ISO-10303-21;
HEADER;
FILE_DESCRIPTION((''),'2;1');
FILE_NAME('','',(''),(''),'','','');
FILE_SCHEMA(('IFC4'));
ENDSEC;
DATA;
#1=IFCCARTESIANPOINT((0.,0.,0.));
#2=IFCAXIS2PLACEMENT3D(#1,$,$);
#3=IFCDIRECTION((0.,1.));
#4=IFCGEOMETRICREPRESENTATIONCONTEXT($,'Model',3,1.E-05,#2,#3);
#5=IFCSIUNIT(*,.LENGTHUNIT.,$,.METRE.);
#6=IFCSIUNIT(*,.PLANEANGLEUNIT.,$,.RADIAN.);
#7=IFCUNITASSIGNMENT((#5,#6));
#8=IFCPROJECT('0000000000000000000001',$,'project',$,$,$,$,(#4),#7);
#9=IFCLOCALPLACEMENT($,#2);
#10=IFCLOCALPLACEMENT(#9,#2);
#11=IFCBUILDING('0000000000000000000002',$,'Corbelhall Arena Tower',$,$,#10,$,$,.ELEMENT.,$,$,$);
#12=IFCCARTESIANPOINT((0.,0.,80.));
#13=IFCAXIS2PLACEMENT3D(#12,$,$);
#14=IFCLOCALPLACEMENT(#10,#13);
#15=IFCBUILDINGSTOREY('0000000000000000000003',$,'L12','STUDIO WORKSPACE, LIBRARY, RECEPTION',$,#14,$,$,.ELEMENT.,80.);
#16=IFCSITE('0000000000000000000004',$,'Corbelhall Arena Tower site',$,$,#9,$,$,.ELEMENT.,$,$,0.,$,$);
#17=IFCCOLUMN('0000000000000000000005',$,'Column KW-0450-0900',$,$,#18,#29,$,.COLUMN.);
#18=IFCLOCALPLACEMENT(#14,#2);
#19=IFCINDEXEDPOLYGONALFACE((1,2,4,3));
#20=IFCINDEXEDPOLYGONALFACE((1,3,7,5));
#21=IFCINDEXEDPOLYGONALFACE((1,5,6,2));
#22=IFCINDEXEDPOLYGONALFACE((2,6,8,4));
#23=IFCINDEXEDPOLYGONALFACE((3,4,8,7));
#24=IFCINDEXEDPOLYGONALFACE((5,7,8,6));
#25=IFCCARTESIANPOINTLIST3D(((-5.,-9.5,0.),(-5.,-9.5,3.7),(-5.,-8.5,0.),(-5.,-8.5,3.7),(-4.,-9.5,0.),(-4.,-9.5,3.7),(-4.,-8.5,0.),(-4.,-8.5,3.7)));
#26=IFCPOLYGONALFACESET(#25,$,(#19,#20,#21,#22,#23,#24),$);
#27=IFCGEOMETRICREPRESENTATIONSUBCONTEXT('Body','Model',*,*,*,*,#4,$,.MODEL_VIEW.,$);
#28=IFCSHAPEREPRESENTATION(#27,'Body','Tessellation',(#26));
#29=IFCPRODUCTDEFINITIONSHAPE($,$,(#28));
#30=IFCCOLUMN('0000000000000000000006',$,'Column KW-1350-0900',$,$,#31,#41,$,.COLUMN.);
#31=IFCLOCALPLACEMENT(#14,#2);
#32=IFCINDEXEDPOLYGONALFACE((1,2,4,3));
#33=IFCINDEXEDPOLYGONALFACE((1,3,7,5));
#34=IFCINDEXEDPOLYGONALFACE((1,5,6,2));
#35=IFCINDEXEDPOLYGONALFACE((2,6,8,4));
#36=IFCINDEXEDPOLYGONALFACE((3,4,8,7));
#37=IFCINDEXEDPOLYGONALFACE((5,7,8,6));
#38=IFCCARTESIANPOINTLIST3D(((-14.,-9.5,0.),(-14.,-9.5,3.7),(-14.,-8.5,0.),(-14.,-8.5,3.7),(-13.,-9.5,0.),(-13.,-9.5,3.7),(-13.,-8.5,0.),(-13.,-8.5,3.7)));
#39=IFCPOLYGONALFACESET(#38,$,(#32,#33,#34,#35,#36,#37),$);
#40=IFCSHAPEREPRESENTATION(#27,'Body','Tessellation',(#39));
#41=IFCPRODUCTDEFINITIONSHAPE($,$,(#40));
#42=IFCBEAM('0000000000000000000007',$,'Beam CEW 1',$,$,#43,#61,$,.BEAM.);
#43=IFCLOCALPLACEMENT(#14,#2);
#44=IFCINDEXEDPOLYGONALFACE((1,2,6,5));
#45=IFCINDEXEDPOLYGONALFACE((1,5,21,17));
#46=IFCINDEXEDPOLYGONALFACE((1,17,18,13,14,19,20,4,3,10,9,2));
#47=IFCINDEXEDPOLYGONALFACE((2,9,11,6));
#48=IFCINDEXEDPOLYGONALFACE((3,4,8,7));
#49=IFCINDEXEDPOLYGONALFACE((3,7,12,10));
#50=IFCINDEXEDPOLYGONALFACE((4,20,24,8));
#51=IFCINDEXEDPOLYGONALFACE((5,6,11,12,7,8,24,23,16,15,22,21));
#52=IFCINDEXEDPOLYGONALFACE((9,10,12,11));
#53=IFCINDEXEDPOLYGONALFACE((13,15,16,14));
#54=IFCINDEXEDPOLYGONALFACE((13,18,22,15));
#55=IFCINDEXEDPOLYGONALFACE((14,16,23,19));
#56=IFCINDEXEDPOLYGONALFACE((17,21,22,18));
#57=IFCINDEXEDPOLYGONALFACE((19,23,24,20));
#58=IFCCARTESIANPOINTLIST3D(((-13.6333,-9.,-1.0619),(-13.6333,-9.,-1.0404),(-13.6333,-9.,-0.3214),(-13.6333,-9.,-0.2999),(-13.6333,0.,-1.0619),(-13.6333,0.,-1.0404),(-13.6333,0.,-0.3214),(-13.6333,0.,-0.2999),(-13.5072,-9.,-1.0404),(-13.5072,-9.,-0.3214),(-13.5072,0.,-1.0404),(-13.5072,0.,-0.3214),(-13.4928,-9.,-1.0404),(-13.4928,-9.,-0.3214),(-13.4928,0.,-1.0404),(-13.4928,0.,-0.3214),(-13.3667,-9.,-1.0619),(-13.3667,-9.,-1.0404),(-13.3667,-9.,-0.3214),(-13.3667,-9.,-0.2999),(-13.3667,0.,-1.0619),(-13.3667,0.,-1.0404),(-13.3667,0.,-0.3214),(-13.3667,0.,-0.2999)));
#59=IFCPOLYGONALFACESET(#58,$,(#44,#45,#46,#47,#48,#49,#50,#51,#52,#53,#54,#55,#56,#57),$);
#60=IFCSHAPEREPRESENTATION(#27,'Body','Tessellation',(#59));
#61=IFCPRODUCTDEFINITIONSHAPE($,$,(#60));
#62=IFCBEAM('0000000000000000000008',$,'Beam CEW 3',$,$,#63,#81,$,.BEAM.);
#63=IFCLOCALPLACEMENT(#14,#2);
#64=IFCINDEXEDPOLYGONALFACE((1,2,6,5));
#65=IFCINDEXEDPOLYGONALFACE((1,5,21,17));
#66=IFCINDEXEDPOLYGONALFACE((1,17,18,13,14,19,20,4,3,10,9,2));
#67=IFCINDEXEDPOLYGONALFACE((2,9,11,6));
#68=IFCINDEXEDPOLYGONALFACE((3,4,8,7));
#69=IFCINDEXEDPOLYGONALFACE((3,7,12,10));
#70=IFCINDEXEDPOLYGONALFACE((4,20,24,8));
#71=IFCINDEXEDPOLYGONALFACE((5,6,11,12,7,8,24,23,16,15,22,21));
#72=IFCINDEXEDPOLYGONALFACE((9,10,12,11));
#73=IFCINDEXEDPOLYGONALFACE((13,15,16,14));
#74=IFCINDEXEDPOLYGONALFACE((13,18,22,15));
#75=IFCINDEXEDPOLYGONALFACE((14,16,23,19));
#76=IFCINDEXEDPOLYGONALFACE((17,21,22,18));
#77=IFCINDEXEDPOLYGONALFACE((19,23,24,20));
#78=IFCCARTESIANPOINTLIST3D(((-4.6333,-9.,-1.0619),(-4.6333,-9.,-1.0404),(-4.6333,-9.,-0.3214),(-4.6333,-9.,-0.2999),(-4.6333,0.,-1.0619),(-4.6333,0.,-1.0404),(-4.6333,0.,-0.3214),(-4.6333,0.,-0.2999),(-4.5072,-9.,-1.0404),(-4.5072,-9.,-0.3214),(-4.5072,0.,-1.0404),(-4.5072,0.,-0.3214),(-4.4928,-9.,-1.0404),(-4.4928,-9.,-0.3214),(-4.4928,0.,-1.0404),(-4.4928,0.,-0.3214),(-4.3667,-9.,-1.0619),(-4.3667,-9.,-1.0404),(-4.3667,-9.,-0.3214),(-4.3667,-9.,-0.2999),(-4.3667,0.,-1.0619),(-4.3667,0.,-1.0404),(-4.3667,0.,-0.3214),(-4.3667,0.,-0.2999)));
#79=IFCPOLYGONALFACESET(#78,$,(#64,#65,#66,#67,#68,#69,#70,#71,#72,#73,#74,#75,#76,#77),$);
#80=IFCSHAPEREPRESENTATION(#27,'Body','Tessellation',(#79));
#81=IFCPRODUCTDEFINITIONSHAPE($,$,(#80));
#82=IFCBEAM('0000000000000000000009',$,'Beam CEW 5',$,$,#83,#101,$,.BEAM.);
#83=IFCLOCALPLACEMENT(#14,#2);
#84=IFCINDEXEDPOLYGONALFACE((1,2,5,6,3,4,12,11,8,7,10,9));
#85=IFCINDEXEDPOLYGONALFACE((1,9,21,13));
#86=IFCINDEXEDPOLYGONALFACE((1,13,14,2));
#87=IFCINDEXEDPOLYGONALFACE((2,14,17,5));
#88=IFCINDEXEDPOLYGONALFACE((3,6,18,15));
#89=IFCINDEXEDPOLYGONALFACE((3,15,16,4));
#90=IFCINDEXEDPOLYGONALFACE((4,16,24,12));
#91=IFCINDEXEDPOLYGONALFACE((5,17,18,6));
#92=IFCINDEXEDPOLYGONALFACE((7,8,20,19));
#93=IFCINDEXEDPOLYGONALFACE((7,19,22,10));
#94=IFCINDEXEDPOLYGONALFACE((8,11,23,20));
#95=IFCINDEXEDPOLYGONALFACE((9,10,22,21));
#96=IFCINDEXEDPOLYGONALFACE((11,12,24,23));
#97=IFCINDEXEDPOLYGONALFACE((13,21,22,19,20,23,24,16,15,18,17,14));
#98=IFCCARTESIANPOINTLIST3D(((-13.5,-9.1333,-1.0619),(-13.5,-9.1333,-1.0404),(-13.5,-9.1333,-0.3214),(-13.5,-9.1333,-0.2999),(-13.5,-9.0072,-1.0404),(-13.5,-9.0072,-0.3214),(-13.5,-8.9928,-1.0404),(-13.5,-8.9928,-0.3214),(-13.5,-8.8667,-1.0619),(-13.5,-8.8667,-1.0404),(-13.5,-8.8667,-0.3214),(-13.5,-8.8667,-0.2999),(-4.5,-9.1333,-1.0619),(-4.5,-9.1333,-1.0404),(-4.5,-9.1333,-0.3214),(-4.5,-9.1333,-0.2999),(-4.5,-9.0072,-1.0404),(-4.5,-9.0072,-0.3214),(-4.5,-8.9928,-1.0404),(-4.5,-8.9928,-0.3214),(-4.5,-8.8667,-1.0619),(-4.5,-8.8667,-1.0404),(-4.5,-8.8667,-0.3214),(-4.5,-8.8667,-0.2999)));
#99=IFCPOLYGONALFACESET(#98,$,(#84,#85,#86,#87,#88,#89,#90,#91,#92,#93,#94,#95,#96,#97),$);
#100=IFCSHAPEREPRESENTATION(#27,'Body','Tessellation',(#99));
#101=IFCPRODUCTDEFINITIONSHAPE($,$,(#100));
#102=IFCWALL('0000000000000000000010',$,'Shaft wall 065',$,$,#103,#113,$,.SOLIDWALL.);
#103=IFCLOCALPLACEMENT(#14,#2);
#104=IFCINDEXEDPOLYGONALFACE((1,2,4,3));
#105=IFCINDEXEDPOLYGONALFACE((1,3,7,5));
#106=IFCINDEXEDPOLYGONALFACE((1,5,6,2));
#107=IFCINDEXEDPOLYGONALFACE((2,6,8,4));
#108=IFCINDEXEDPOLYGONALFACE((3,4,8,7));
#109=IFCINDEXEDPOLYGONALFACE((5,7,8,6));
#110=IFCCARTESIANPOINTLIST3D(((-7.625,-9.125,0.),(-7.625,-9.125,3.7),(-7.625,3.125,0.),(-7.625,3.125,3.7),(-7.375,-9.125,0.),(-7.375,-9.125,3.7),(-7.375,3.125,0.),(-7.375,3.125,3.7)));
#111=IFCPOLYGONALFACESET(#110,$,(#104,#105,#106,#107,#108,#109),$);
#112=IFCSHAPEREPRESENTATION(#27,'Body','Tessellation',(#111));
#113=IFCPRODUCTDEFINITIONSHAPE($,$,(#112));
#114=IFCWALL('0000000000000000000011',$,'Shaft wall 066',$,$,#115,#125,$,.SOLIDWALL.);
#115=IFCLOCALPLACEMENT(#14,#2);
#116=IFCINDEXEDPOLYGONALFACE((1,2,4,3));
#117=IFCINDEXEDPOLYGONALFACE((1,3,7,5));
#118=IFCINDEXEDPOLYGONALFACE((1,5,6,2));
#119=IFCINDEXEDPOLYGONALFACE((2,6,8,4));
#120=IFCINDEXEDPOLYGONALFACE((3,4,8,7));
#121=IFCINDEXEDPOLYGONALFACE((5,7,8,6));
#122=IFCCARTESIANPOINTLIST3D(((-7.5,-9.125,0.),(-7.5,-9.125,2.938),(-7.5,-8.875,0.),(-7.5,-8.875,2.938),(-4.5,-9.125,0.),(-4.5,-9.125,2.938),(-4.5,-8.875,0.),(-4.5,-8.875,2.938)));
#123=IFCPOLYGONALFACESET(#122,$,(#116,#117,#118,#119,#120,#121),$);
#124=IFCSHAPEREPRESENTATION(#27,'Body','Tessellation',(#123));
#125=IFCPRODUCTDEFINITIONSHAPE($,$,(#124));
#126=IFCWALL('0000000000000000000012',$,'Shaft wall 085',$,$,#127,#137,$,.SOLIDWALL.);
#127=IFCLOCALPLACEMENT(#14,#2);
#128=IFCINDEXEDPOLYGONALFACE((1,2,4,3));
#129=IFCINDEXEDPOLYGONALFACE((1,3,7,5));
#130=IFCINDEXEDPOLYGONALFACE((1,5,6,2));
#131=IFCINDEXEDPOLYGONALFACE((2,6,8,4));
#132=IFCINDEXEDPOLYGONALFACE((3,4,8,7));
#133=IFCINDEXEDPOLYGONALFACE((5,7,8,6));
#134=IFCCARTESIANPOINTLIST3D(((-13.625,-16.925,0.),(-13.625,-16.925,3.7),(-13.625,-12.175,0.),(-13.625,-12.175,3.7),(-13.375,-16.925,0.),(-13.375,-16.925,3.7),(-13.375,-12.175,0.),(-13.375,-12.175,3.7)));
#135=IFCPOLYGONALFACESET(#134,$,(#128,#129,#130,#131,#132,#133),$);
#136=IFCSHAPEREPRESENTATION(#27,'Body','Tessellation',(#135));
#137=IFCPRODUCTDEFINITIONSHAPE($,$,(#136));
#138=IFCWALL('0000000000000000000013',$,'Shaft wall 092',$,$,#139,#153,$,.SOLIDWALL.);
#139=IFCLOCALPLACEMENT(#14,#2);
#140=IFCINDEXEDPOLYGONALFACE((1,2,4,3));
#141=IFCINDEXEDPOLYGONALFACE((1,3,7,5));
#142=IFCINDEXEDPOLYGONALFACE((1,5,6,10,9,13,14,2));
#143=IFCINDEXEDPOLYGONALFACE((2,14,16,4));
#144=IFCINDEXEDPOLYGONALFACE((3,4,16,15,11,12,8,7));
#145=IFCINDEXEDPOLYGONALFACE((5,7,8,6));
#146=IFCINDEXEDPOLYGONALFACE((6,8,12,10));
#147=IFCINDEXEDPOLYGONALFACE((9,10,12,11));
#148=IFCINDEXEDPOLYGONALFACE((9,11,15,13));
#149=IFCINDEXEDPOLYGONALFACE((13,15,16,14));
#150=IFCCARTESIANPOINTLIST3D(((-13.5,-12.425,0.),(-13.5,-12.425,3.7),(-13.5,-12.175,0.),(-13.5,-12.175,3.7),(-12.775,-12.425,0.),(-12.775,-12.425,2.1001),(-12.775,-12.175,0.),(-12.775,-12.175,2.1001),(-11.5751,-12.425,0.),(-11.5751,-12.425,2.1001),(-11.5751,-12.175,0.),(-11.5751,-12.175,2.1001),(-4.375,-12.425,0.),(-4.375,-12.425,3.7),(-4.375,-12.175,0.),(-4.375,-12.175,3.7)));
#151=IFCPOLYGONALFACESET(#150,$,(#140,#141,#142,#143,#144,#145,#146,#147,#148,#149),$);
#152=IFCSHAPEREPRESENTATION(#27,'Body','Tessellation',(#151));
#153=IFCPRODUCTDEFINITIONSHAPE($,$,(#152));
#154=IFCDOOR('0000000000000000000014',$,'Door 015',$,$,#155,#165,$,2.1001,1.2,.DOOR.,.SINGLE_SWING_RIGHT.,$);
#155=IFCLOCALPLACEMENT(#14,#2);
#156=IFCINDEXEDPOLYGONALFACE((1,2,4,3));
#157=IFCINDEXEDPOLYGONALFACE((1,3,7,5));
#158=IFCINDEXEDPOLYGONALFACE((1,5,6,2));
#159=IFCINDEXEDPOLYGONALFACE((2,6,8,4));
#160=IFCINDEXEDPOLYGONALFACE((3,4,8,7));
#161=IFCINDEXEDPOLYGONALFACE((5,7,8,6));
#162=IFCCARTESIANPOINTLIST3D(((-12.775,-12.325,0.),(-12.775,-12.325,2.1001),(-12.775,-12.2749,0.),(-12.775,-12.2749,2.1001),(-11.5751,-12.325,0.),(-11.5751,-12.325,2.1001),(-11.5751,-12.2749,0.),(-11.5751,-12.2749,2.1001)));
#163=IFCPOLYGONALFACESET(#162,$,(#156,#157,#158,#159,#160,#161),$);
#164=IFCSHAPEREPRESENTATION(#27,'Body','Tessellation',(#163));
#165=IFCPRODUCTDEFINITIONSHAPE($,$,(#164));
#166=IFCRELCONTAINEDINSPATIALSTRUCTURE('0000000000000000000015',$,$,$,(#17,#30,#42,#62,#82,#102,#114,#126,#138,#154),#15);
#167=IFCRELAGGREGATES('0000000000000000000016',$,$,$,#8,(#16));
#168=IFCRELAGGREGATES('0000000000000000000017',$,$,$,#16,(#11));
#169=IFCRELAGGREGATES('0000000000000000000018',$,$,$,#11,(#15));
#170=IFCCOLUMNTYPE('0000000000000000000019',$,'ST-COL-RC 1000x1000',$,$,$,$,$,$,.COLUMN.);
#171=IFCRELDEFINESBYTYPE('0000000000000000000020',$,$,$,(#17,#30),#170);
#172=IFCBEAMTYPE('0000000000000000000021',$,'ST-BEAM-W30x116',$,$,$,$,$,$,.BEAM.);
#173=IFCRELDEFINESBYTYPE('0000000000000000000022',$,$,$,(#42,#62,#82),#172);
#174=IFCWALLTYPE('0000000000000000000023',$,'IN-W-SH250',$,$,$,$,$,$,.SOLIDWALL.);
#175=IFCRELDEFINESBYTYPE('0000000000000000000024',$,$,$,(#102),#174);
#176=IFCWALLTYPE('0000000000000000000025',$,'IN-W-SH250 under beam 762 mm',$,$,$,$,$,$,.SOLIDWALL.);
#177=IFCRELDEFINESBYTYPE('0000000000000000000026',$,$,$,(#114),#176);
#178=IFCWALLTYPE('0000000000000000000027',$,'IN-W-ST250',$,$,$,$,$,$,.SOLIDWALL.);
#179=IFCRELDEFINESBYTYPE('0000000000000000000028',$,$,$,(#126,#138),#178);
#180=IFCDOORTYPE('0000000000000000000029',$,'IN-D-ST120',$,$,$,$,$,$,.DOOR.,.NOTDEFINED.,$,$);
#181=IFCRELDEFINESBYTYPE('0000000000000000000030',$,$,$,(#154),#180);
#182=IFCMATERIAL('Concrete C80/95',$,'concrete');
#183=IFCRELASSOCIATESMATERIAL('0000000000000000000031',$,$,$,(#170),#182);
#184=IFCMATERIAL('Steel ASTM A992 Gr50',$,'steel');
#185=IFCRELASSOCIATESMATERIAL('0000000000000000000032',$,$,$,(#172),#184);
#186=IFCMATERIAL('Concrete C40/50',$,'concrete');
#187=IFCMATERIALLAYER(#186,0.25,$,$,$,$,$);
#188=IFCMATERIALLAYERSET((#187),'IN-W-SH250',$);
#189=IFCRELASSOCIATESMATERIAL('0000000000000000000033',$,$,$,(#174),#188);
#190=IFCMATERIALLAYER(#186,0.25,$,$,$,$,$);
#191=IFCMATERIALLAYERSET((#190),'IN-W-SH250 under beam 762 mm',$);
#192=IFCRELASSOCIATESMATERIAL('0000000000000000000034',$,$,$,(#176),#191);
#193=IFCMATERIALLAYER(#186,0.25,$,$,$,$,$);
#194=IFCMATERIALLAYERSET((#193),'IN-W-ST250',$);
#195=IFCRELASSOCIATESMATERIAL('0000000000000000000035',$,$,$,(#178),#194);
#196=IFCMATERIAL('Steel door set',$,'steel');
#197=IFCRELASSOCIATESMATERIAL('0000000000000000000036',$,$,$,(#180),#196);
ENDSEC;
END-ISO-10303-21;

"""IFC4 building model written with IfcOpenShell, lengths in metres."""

from ifc_helpers import new_model, si_unit, direction, frame, frame_2d, origin, origin_2d, place, context, subcontext, project, spatial, rectangle, i_section, extrude, material, layer, layer_set, material_profile, profile_set, type_object, element, fill, save


model = new_model("IFC4")

# Units and contexts
model_context = context("Model", 3, precision=1e-05, world=origin(), true_north=direction((0.0, 1.0)))
body_context = subcontext(model_context, "Body", "Model", "MODEL_VIEW")
ifc_project = project(units=[si_unit("LENGTHUNIT", "METRE"), si_unit("PLANEANGLEUNIT", "RADIAN")], contexts=[model_context])

# Site, building, storey
site_placement = place(None, origin())
site = spatial("IfcSite", under=ifc_project, at=site_placement, Name="Corbelhall Arena Tower site", CompositionType="ELEMENT", RefElevation=0.0)
building_placement = place(site_placement, origin())
building = spatial("IfcBuilding", under=site, at=building_placement, Name="Corbelhall Arena Tower", CompositionType="ELEMENT")
storey_placement = place(building_placement, frame((0.0, 0.0, 80.0)))
storey = spatial("IfcBuildingStorey", under=building, at=storey_placement, Name="L12", Description="STUDIO WORKSPACE, LIBRARY, RECEPTION", CompositionType="ELEMENT", Elevation=80.0)

# Columns
ifc_material_1 = material(Name="Concrete C80/95", Category="concrete")
ifc_material_profile_1 = material_profile(ifc_material_1, rectangle(XDim=1.0, YDim=1.0, at=origin_2d()))
ifc_profile_set_1 = profile_set([ifc_material_profile_1], Name="Concrete C80/95")
column_type = type_object("IfcColumnType", Name="ST-COL-RC 1000x1000", PredefinedType="COLUMN", material=ifc_profile_set_1)
for number, where, z_axis, x_axis, name in (
    (1, (-4.5, -9.0, 0.0), (0.0, 0.0, 1.0), (1.0, 0.0, 0.0), "Column KW-0450-0900"),
    (2, (-13.5, -9.0, 0.0), (0.0, 0.0, 1.0), (1.0, 0.0, 0.0), "Column KW-1350-0900"),
):
    element("IfcColumn", number, at=place(storey_placement, frame(where, z_axis=z_axis, x_axis=x_axis)), inside=storey, type_object=column_type, Name=name, PredefinedType="COLUMN", context=body_context, shape_type="SweptSolid", body=[
        extrude(rectangle(XDim=1.0, YDim=1.0, at=origin_2d()), origin(), (0.0, 0.0, 1.0), 3.7),
    ])

# Beams
ifc_material_2 = material(Name="Steel ASTM A992 Gr50", Category="steel")
ifc_material_profile_2 = material_profile(ifc_material_2, i_section(OverallWidth=0.2666, OverallDepth=0.762, WebThickness=0.0144, FlangeThickness=0.0215, at=origin_2d()))
ifc_profile_set_2 = profile_set([ifc_material_profile_2], Name="Steel ASTM A992 Gr50")
beam_type = type_object("IfcBeamType", Name="ST-BEAM-W30x116", PredefinedType="BEAM", material=ifc_profile_set_2)
for number, where, z_axis, x_axis, name in (
    (3, (-13.5, -9.0, -0.6809), (0.0, 1.0, 0.0), (-1.0, 0.0, 0.0), "Beam CEW 1"),
    (4, (-4.5, -9.0, -0.6809), (0.0, 1.0, 0.0), (-1.0, 0.0, 0.0), "Beam CEW 3"),
    (5, (-13.5, -9.0, -0.6809), (1.0, 0.0, 0.0), (0.0, 1.0, 0.0), "Beam CEW 5"),
):
    element("IfcBeam", number, at=place(storey_placement, frame(where, z_axis=z_axis, x_axis=x_axis)), inside=storey, type_object=beam_type, Name=name, PredefinedType="BEAM", context=body_context, shape_type="SweptSolid", body=[
        extrude(i_section(OverallWidth=0.2666, OverallDepth=0.762, WebThickness=0.0144, FlangeThickness=0.0215, at=origin_2d()), origin(), (0.0, 0.0, 1.0), 9.0),
    ])

# Shared definitions
ifc_material_3 = material(Name="Steel door set", Category="steel")

# Walls
ifc_material_4 = material(Name="Concrete C40/50", Category="concrete")
ifc_layer_1 = layer(ifc_material_4, 0.25)
ifc_layer_set_1 = layer_set([ifc_layer_1], Name="IN-W-SH250")
wall_type_1 = type_object("IfcWallType", Name="IN-W-SH250", PredefinedType="SOLIDWALL", material=ifc_layer_set_1)
wall_1_placement = place(storey_placement, frame((-7.5, -9.125, 0.0), z_axis=(0.0, 0.0, 1.0), x_axis=(0.0, 1.0, 0.0)))
element("IfcWall", 6, at=wall_1_placement, inside=storey, type_object=wall_type_1, Name="Shaft wall 065", PredefinedType="SOLIDWALL", context=body_context, shape_type="SweptSolid", body=[
    extrude(rectangle(XDim=12.25, YDim=0.25, at=frame_2d((6.125, 0.0))), origin(), (0.0, 0.0, 1.0), 3.7),
])
ifc_layer_2 = layer(ifc_material_4, 0.25)
ifc_layer_set_2 = layer_set([ifc_layer_2], Name="IN-W-SH250 under beam 762 mm")
wall_type_2 = type_object("IfcWallType", Name="IN-W-SH250 under beam 762 mm", PredefinedType="SOLIDWALL", material=ifc_layer_set_2)
wall_2_placement = place(storey_placement, frame((-4.5, -9.0, 0.0), z_axis=(0.0, 0.0, 1.0), x_axis=(-1.0, 0.0, 0.0)))
element("IfcWall", 7, at=wall_2_placement, inside=storey, type_object=wall_type_2, Name="Shaft wall 066", PredefinedType="SOLIDWALL", context=body_context, shape_type="SweptSolid", body=[
    extrude(rectangle(XDim=3.0, YDim=0.25, at=frame_2d((1.5, 0.0))), origin(), (0.0, 0.0, 1.0), 2.938),
])
ifc_layer_3 = layer(ifc_material_4, 0.25)
ifc_layer_set_3 = layer_set([ifc_layer_3], Name="IN-W-ST250")
wall_type_3 = type_object("IfcWallType", Name="IN-W-ST250", PredefinedType="SOLIDWALL", material=ifc_layer_set_3)
wall_3_placement = place(storey_placement, frame((-13.5, -12.175, 0.0), z_axis=(0.0, 0.0, 1.0), x_axis=(0.0, -1.0, 0.0)))
element("IfcWall", 8, at=wall_3_placement, inside=storey, type_object=wall_type_3, Name="Shaft wall 085", PredefinedType="SOLIDWALL", context=body_context, shape_type="SweptSolid", body=[
    extrude(rectangle(XDim=4.75, YDim=0.25, at=frame_2d((2.375, 0.0))), origin(), (0.0, 0.0, 1.0), 3.7),
])

# Wall, opening, door
wall_4_placement = place(storey_placement, frame((-4.375, -12.3, 0.0), z_axis=(0.0, 0.0, 1.0), x_axis=(-1.0, 0.0, 0.0)))
wall_4 = element("IfcWall", 9, at=wall_4_placement, inside=storey, type_object=wall_type_3, Name="Shaft wall 092", PredefinedType="SOLIDWALL", context=body_context, shape_type="SweptSolid", body=[
    extrude(rectangle(XDim=9.125, YDim=0.25, at=frame_2d((4.5625, 0.0))), origin(), (0.0, 0.0, 1.0), 3.7),
])
opening_1_placement = place(wall_4_placement, frame((7.2, 0.0, 0.0)))
opening_1 = element("IfcOpeningElement", 10, at=opening_1_placement, cuts=wall_4, PredefinedType="OPENING", context=body_context, shape_type="SweptSolid", body=[
    extrude(rectangle(XDim=1.2, YDim=2.1001, at=frame_2d((0.6001, 1.05))), frame((0.0, 0.125, 0.0), z_axis=(0.0, -1.0, 0.0), x_axis=(1.0, 0.0, 0.0)), (0.0, 0.0, 1.0), 0.25),
])
door_type_1 = type_object("IfcDoorType", Name="IN-D-ST120", OperationType="NOTDEFINED", PredefinedType="DOOR", material=ifc_material_3)
door_1_placement = place(opening_1_placement, origin())
door_1 = element("IfcDoor", 11, at=door_1_placement, inside=storey, type_object=door_type_1, Name="Door 015", OperationType="SINGLE_SWING_RIGHT", OverallHeight=2.1001, OverallWidth=1.2, PredefinedType="DOOR", context=body_context, shape_type="SweptSolid", body=[
    extrude(rectangle(XDim=1.2, YDim=2.1001, at=frame_2d((0.6001, 1.05))), frame((0.0, 0.0249, 0.0), z_axis=(0.0, -1.0, 0.0), x_axis=(1.0, 0.0, 0.0)), (0.0, 0.0, 1.0), 0.05),
])
fill(opening_1, door_1)

save(model, "model.ifc")
